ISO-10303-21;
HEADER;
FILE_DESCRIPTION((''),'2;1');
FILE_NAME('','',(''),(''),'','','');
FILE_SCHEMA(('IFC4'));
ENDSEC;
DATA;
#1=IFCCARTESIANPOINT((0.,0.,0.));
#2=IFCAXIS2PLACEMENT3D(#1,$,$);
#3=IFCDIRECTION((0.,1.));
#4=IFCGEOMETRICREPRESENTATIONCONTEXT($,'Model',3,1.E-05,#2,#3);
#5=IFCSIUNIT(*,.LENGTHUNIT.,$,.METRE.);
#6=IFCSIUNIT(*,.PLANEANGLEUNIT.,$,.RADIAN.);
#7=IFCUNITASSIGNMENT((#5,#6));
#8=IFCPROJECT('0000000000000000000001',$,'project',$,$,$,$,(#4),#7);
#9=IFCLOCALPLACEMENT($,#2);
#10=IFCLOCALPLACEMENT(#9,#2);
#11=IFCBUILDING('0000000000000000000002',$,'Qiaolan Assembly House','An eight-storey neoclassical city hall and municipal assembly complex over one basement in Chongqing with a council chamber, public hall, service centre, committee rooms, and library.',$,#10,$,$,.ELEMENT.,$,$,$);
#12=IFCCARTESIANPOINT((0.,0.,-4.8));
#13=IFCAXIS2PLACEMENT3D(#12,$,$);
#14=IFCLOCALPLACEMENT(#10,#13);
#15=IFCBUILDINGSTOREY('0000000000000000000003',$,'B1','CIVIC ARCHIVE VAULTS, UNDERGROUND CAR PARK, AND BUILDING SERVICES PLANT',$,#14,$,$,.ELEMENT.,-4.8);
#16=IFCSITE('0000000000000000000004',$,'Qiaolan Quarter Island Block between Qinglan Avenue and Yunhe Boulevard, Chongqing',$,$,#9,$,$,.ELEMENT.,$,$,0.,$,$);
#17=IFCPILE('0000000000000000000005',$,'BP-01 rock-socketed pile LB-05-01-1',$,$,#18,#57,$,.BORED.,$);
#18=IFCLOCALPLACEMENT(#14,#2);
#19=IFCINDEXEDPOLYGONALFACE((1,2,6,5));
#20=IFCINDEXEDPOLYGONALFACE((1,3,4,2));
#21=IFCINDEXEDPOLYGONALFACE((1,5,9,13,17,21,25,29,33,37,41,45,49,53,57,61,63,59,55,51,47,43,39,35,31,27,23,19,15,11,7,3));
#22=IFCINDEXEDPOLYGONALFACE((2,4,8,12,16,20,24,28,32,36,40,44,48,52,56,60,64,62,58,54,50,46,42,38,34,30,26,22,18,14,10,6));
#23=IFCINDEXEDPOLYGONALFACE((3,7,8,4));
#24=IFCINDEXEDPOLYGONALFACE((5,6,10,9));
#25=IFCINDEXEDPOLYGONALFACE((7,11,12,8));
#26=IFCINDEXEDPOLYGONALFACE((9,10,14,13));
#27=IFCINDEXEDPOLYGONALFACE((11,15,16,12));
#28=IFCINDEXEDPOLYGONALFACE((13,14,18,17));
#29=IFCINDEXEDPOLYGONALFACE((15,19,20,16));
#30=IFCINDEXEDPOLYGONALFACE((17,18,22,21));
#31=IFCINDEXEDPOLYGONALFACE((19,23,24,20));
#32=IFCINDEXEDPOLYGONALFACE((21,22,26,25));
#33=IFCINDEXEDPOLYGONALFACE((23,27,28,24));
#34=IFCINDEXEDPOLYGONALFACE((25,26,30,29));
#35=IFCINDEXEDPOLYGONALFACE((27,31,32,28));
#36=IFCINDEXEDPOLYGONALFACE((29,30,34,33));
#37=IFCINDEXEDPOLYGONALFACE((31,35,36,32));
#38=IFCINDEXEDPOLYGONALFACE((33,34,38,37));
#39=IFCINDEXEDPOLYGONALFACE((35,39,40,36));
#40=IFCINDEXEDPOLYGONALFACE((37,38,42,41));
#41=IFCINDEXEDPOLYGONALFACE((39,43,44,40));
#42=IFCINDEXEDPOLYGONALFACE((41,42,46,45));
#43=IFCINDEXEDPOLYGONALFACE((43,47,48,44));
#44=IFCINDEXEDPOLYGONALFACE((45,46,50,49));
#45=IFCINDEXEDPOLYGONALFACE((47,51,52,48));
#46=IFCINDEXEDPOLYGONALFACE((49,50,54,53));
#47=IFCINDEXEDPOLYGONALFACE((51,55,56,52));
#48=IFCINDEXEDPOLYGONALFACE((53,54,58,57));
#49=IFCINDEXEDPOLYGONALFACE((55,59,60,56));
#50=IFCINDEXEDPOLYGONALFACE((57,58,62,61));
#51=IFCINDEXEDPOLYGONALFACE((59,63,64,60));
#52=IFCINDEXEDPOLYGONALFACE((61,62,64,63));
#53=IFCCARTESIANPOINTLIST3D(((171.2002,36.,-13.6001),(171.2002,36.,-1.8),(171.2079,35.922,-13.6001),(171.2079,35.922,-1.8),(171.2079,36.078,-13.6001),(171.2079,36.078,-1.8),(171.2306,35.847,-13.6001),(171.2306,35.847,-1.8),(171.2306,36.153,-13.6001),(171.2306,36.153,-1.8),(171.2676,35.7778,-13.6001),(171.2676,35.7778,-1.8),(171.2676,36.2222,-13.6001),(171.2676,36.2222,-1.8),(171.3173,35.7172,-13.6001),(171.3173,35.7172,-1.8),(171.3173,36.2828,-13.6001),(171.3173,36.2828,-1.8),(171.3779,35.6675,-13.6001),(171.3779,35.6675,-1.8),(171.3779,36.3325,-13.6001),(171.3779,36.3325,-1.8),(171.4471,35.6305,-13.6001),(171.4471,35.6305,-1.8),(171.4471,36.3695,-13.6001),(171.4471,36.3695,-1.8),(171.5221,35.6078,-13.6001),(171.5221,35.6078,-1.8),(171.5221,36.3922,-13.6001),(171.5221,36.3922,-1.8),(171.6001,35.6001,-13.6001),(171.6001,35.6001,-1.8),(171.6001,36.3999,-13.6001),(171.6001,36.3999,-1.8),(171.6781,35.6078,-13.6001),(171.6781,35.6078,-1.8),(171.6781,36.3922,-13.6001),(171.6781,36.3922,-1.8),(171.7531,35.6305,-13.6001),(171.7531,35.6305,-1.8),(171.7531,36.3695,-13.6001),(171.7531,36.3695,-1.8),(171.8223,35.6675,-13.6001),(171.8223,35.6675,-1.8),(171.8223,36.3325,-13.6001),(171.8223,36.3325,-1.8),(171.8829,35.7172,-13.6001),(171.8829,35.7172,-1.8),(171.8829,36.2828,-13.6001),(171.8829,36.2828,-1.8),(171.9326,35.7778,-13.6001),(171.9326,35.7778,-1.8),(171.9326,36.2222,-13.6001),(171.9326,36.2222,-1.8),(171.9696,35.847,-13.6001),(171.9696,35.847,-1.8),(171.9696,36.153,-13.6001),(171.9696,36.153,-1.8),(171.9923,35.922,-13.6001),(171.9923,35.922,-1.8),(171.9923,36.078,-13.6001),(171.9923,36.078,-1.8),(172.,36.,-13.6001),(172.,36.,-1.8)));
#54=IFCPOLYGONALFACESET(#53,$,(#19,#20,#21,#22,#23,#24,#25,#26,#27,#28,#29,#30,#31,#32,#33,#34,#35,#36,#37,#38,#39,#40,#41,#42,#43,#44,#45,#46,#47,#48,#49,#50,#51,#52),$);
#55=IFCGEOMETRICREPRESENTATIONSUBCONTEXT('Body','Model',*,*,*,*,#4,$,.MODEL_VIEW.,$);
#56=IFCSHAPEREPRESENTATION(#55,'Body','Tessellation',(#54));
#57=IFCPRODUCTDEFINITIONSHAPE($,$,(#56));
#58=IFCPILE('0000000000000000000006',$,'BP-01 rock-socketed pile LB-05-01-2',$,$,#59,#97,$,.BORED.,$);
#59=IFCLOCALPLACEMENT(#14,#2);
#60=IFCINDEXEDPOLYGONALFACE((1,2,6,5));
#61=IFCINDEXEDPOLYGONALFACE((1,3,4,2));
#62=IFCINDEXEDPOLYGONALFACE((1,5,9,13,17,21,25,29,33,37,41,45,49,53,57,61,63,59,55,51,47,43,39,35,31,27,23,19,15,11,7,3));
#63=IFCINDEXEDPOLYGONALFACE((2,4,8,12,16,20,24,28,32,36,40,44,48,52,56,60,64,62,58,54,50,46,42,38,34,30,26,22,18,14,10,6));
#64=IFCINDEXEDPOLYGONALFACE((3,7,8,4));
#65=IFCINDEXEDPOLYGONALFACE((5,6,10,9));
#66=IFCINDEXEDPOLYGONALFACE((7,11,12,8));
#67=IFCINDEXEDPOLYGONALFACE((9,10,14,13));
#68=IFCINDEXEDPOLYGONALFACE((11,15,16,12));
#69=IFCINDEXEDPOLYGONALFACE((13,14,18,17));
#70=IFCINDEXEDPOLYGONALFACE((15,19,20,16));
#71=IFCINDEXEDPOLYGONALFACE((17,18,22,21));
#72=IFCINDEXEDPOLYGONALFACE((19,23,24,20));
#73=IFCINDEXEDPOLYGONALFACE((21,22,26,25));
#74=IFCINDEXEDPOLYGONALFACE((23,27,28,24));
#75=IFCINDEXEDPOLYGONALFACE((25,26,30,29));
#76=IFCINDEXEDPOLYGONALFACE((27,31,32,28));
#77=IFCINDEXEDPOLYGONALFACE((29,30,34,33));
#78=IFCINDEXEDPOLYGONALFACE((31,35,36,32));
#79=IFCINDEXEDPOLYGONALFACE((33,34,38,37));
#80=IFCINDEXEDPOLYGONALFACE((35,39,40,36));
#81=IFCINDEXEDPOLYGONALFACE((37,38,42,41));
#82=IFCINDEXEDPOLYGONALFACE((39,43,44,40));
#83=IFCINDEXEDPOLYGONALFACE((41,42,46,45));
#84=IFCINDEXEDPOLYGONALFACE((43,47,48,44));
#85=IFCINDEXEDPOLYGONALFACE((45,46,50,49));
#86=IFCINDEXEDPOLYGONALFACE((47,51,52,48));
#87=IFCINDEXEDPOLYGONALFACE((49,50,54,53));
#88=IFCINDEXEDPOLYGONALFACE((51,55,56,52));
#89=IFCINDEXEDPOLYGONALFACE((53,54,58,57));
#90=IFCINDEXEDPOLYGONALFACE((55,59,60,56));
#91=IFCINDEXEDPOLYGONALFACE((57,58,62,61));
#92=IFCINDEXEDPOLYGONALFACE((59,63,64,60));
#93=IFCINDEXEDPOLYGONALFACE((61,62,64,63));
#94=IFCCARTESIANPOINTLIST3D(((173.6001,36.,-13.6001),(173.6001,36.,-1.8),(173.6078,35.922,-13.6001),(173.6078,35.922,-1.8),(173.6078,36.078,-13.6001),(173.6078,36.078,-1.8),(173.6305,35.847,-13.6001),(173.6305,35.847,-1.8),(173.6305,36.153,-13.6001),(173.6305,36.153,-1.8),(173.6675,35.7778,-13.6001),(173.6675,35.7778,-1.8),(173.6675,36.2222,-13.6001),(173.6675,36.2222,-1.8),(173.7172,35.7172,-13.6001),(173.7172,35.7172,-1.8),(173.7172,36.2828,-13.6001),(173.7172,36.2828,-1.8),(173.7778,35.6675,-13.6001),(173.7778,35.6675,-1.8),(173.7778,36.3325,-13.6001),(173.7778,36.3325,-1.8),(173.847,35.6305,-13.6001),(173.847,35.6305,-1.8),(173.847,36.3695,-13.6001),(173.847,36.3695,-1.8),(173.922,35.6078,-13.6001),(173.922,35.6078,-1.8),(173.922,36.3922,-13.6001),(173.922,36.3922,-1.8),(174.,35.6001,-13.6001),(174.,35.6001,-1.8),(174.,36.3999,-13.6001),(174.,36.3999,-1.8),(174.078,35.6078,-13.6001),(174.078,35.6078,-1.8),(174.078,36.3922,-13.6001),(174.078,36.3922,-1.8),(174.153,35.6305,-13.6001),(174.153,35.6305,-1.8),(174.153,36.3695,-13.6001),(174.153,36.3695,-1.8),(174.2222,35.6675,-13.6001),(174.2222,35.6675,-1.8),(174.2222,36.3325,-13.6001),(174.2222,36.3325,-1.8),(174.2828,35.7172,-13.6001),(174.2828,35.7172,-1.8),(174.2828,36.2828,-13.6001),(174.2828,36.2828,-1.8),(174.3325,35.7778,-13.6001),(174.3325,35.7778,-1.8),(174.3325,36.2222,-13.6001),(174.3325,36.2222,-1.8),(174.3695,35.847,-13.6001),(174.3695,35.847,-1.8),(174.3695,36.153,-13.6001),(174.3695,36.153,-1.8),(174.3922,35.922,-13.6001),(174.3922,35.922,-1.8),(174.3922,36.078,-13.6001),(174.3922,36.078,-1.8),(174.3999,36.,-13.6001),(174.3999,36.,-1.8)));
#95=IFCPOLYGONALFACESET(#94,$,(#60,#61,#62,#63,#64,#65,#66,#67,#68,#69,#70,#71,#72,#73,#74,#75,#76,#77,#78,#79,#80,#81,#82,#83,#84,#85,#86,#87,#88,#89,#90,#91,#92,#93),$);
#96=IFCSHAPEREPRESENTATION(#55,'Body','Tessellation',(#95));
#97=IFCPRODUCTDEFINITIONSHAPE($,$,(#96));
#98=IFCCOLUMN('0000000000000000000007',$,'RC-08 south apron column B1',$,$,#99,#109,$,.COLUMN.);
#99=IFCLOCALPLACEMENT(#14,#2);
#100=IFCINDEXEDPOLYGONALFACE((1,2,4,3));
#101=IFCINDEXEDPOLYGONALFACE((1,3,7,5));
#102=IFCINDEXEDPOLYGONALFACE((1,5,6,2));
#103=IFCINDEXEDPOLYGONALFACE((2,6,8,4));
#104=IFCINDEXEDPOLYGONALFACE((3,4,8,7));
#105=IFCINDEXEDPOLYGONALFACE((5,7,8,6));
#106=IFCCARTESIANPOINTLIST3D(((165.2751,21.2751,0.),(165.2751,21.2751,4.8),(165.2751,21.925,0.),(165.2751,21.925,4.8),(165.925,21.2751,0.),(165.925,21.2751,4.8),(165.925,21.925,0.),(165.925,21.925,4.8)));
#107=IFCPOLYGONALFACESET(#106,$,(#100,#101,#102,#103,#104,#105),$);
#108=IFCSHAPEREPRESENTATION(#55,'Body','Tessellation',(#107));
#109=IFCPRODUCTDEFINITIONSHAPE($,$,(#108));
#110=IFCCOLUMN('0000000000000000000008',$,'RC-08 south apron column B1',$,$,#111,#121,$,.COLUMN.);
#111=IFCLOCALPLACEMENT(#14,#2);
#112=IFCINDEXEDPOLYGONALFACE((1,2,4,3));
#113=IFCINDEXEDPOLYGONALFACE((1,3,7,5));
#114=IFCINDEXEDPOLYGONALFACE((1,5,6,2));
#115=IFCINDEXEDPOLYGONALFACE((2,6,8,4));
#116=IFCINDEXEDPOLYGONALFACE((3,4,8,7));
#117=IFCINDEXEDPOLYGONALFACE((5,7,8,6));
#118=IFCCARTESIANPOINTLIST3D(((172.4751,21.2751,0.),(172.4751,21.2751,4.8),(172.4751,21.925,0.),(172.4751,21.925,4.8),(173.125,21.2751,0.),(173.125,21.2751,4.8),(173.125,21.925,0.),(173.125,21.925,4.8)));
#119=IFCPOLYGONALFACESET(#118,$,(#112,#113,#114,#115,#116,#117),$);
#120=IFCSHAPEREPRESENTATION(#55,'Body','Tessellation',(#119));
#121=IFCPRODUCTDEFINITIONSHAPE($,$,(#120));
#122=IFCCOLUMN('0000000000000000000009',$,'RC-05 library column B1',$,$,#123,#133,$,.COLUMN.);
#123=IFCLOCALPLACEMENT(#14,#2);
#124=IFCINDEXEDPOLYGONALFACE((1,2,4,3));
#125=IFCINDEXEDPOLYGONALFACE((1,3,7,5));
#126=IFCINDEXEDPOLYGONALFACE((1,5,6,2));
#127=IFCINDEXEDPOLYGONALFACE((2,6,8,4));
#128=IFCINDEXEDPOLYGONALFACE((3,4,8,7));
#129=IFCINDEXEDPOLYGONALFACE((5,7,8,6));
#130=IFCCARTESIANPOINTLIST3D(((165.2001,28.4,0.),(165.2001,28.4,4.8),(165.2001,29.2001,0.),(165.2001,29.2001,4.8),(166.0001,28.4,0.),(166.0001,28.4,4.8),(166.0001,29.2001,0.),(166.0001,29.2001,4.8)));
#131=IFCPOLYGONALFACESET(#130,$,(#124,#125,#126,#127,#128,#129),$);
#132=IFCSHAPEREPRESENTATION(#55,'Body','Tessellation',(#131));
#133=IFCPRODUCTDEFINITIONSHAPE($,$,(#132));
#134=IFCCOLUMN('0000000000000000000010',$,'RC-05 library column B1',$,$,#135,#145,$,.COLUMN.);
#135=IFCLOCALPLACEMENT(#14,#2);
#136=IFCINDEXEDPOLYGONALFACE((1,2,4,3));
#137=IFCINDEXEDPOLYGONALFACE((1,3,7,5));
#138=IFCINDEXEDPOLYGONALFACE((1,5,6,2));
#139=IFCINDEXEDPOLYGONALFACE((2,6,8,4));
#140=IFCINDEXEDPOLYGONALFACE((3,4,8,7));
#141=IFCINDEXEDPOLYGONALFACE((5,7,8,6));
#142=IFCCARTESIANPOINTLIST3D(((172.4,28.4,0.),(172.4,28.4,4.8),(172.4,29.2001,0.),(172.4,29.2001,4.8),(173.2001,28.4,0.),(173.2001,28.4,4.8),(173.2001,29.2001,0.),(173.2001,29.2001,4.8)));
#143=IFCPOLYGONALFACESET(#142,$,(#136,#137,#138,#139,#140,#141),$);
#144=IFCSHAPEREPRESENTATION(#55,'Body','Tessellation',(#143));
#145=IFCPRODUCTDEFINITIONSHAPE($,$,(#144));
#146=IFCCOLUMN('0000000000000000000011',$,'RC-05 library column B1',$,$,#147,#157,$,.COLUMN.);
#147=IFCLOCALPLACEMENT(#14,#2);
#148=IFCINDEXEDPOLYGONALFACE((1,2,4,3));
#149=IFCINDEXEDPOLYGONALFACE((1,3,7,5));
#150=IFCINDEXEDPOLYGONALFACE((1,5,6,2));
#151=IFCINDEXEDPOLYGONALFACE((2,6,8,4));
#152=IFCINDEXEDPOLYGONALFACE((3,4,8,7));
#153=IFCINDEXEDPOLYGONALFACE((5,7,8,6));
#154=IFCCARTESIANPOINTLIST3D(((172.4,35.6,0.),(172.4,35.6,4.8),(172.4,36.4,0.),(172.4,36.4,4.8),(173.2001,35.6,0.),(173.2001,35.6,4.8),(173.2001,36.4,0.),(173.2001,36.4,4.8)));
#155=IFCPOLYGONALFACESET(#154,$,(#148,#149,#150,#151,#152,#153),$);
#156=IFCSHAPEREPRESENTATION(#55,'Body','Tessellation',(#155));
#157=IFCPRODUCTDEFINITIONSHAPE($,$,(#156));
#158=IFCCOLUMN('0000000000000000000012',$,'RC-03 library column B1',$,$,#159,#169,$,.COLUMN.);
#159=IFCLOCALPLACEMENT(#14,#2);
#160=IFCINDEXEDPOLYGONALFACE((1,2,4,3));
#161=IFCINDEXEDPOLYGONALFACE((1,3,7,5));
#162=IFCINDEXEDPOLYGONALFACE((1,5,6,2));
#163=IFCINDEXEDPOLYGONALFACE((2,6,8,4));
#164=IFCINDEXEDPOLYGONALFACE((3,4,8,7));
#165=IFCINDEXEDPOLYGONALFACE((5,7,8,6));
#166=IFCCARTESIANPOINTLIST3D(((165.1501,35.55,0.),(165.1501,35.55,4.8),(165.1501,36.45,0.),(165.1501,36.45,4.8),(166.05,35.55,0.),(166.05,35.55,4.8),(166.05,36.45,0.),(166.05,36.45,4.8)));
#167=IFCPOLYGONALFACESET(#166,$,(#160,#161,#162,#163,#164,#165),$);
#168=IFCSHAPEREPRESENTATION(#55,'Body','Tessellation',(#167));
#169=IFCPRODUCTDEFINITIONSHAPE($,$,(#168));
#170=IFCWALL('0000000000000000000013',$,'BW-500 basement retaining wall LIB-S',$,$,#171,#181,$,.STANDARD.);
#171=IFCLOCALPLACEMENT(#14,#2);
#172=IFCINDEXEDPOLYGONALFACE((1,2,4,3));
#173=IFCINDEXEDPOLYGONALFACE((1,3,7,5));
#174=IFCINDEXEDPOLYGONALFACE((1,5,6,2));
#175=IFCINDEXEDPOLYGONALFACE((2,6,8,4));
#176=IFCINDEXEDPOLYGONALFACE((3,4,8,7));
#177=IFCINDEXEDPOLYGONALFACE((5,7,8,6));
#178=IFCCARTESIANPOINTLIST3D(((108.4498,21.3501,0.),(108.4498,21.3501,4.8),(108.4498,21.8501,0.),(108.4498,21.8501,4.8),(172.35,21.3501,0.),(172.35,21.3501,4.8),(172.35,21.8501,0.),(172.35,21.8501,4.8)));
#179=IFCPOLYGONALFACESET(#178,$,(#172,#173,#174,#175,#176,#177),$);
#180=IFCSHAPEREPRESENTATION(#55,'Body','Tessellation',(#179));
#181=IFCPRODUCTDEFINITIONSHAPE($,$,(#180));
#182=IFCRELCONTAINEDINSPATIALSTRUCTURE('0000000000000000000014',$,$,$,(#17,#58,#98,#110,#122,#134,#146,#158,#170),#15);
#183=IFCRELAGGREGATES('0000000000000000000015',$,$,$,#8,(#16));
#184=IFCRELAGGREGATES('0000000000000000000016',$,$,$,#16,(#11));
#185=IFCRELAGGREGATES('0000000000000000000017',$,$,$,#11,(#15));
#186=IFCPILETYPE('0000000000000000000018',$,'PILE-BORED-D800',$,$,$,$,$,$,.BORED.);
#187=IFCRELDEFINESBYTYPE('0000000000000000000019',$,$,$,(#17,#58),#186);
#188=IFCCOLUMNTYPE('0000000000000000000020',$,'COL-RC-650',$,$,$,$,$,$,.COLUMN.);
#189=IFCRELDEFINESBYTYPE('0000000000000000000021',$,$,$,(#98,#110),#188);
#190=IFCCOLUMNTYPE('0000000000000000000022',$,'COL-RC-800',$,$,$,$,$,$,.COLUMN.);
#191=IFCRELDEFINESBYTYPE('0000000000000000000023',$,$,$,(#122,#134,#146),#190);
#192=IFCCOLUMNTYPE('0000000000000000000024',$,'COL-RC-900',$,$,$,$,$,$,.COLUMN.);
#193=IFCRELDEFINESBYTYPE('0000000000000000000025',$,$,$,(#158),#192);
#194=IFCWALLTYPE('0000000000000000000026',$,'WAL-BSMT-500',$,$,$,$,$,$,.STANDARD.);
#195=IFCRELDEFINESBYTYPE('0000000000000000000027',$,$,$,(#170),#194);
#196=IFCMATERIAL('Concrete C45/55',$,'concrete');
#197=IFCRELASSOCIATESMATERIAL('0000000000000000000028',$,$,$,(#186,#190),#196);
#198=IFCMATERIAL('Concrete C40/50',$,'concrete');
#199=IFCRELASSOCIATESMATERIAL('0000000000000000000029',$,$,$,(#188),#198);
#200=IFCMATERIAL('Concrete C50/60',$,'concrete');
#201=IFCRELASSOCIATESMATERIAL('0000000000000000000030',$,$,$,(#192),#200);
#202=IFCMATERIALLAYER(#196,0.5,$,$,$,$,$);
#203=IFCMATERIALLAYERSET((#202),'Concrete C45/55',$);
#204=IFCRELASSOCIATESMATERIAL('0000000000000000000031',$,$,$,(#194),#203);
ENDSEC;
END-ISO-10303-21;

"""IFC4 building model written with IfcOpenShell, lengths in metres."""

from ifc_helpers import new_model, si_unit, direction, frame, frame_2d, origin, origin_2d, place, context, subcontext, project, spatial, rectangle, circle, extrude, material, layer, layer_set, material_profile, profile_set, type_object, element, save


model = new_model("IFC4")

# Units and contexts
model_context = context("Model", 3, precision=1e-05, world=origin(), true_north=direction((0.0, 1.0)))
body_context = subcontext(model_context, "Body", "Model", "MODEL_VIEW")
ifc_project = project(units=[si_unit("LENGTHUNIT", "METRE"), si_unit("PLANEANGLEUNIT", "RADIAN")], contexts=[model_context])

# Site, building, storey
site_placement = place(None, origin())
site = spatial("IfcSite", under=ifc_project, at=site_placement, Name="Qiaolan Quarter Island Block between Qinglan Avenue and Yunhe Boulevard, Chongqing", CompositionType="ELEMENT", RefElevation=0.0)
building_placement = place(site_placement, origin())
building = spatial("IfcBuilding", under=site, at=building_placement, Name="Qiaolan Assembly House", Description="An eight-storey neoclassical city hall and municipal assembly complex over one basement in Chongqing with a council chamber, public hall, service centre, committee rooms, and library.", CompositionType="ELEMENT")
storey_placement = place(building_placement, frame((0.0, 0.0, -4.8)))
storey = spatial("IfcBuildingStorey", under=building, at=storey_placement, Name="B1", Description="CIVIC ARCHIVE VAULTS, UNDERGROUND CAR PARK, AND BUILDING SERVICES PLANT", CompositionType="ELEMENT", Elevation=-4.8)

# Shared definitions
ifc_material_1 = material(Name="Concrete C40/50", Category="concrete")

# Piles
ifc_material_2 = material(Name="Concrete C45/55", Category="concrete")
ifc_material_profile_1 = material_profile(ifc_material_2, circle(Radius=0.3999, at=origin_2d()), Name="PILE D800")
ifc_profile_set_1 = profile_set([ifc_material_profile_1], Name="Concrete C45/55")
pile_type = type_object("IfcPileType", Name="PILE-BORED-D800", PredefinedType="BORED", material=ifc_profile_set_1)
for number, where, z_axis, x_axis, name in (
    (1, (171.6001, 36.0, -1.8), (0.0, 0.0, -1.0), (1.0, 0.0, 0.0), "BP-01 rock-socketed pile LB-05-01-1"),
    (2, (174.0, 36.0, -1.8), (0.0, 0.0, -1.0), (1.0, 0.0, 0.0), "BP-01 rock-socketed pile LB-05-01-2"),
):
    element("IfcPile", number, at=place(storey_placement, frame(where, z_axis=z_axis, x_axis=x_axis)), inside=storey, type_object=pile_type, Name=name, PredefinedType="BORED", context=body_context, shape_type="SweptSolid", body=[
        extrude(circle(Radius=0.3999, at=origin_2d()), origin(), (0.0, 0.0, 1.0), 11.8),
    ])

# Columns
ifc_material_profile_2 = material_profile(ifc_material_1, rectangle(XDim=0.6499, YDim=0.6499, at=origin_2d()), Name="RC 650x650")
ifc_profile_set_2 = profile_set([ifc_material_profile_2], Name="Concrete C40/50")
column_type_1 = type_object("IfcColumnType", Name="COL-RC-650", PredefinedType="COLUMN", material=ifc_profile_set_2)
for number, where, z_axis, x_axis, name in (
    (3, (165.6001, 21.6001, 0.0), (0.0, 0.0, 1.0), (1.0, 0.0, 0.0), "RC-08 south apron column B1"),
    (4, (172.8, 21.6001, 0.0), (0.0, 0.0, 1.0), (1.0, 0.0, 0.0), "RC-08 south apron column B1"),
):
    element("IfcColumn", number, at=place(storey_placement, frame(where, z_axis=z_axis, x_axis=x_axis)), inside=storey, type_object=column_type_1, Name=name, PredefinedType="COLUMN", context=body_context, shape_type="SweptSolid", body=[
        extrude(rectangle(XDim=0.6499, YDim=0.6499, at=origin_2d()), origin(), (0.0, 0.0, 1.0), 4.8),
    ])
ifc_material_profile_3 = material_profile(ifc_material_2, rectangle(XDim=0.8, YDim=0.8, at=origin_2d()), Name="RC 800x800")
ifc_profile_set_3 = profile_set([ifc_material_profile_3], Name="Concrete C45/55")
column_type_2 = type_object("IfcColumnType", Name="COL-RC-800", PredefinedType="COLUMN", material=ifc_profile_set_3)
for number, where, z_axis, x_axis, name in (
    (5, (165.6001, 28.8, 0.0), (0.0, 0.0, 1.0), (1.0, 0.0, 0.0), "RC-05 library column B1"),
    (6, (172.8, 28.8, 0.0), (0.0, 0.0, 1.0), (1.0, 0.0, 0.0), "RC-05 library column B1"),
    (7, (172.8, 36.0, 0.0), (0.0, 0.0, 1.0), (1.0, 0.0, 0.0), "RC-05 library column B1"),
):
    element("IfcColumn", number, at=place(storey_placement, frame(where, z_axis=z_axis, x_axis=x_axis)), inside=storey, type_object=column_type_2, Name=name, PredefinedType="COLUMN", context=body_context, shape_type="SweptSolid", body=[
        extrude(rectangle(XDim=0.8, YDim=0.8, at=origin_2d()), origin(), (0.0, 0.0, 1.0), 4.8),
    ])
ifc_material_3 = material(Name="Concrete C50/60", Category="concrete")
ifc_material_profile_4 = material_profile(ifc_material_3, rectangle(XDim=0.8999, YDim=0.8999, at=origin_2d()), Name="RC 900x900")
ifc_profile_set_4 = profile_set([ifc_material_profile_4], Name="Concrete C50/60")
column_type_3 = type_object("IfcColumnType", Name="COL-RC-900", PredefinedType="COLUMN", material=ifc_profile_set_4)
column_placement = place(storey_placement, frame((165.6001, 36.0, 0.0), z_axis=(0.0, 0.0, 1.0), x_axis=(1.0, 0.0, 0.0)))
element("IfcColumn", 8, at=column_placement, inside=storey, type_object=column_type_3, Name="RC-03 library column B1", PredefinedType="COLUMN", context=body_context, shape_type="SweptSolid", body=[
    extrude(rectangle(XDim=0.8999, YDim=0.8999, at=origin_2d()), origin(), (0.0, 0.0, 1.0), 4.8),
])

# Wall
ifc_layer = layer(ifc_material_2, 0.5)
ifc_layer_set = layer_set([ifc_layer], Name="Concrete C45/55")
wall_type = type_object("IfcWallType", Name="WAL-BSMT-500", PredefinedType="STANDARD", material=ifc_layer_set)
wall_placement = place(storey_placement, frame((172.3501, 21.6001, 0.0), z_axis=(0.0, 0.0, 1.0), x_axis=(-1.0, 0.0, 0.0)))
element("IfcWall", 9, at=wall_placement, inside=storey, type_object=wall_type, Name="BW-500 basement retaining wall LIB-S", PredefinedType="STANDARD", context=body_context, shape_type="SweptSolid", body=[
    extrude(rectangle(XDim=63.9001, YDim=0.5, at=frame_2d((31.9502, 0.0))), origin(), (0.0, 0.0, 1.0), 4.8),
])

save(model, "model.ifc")
